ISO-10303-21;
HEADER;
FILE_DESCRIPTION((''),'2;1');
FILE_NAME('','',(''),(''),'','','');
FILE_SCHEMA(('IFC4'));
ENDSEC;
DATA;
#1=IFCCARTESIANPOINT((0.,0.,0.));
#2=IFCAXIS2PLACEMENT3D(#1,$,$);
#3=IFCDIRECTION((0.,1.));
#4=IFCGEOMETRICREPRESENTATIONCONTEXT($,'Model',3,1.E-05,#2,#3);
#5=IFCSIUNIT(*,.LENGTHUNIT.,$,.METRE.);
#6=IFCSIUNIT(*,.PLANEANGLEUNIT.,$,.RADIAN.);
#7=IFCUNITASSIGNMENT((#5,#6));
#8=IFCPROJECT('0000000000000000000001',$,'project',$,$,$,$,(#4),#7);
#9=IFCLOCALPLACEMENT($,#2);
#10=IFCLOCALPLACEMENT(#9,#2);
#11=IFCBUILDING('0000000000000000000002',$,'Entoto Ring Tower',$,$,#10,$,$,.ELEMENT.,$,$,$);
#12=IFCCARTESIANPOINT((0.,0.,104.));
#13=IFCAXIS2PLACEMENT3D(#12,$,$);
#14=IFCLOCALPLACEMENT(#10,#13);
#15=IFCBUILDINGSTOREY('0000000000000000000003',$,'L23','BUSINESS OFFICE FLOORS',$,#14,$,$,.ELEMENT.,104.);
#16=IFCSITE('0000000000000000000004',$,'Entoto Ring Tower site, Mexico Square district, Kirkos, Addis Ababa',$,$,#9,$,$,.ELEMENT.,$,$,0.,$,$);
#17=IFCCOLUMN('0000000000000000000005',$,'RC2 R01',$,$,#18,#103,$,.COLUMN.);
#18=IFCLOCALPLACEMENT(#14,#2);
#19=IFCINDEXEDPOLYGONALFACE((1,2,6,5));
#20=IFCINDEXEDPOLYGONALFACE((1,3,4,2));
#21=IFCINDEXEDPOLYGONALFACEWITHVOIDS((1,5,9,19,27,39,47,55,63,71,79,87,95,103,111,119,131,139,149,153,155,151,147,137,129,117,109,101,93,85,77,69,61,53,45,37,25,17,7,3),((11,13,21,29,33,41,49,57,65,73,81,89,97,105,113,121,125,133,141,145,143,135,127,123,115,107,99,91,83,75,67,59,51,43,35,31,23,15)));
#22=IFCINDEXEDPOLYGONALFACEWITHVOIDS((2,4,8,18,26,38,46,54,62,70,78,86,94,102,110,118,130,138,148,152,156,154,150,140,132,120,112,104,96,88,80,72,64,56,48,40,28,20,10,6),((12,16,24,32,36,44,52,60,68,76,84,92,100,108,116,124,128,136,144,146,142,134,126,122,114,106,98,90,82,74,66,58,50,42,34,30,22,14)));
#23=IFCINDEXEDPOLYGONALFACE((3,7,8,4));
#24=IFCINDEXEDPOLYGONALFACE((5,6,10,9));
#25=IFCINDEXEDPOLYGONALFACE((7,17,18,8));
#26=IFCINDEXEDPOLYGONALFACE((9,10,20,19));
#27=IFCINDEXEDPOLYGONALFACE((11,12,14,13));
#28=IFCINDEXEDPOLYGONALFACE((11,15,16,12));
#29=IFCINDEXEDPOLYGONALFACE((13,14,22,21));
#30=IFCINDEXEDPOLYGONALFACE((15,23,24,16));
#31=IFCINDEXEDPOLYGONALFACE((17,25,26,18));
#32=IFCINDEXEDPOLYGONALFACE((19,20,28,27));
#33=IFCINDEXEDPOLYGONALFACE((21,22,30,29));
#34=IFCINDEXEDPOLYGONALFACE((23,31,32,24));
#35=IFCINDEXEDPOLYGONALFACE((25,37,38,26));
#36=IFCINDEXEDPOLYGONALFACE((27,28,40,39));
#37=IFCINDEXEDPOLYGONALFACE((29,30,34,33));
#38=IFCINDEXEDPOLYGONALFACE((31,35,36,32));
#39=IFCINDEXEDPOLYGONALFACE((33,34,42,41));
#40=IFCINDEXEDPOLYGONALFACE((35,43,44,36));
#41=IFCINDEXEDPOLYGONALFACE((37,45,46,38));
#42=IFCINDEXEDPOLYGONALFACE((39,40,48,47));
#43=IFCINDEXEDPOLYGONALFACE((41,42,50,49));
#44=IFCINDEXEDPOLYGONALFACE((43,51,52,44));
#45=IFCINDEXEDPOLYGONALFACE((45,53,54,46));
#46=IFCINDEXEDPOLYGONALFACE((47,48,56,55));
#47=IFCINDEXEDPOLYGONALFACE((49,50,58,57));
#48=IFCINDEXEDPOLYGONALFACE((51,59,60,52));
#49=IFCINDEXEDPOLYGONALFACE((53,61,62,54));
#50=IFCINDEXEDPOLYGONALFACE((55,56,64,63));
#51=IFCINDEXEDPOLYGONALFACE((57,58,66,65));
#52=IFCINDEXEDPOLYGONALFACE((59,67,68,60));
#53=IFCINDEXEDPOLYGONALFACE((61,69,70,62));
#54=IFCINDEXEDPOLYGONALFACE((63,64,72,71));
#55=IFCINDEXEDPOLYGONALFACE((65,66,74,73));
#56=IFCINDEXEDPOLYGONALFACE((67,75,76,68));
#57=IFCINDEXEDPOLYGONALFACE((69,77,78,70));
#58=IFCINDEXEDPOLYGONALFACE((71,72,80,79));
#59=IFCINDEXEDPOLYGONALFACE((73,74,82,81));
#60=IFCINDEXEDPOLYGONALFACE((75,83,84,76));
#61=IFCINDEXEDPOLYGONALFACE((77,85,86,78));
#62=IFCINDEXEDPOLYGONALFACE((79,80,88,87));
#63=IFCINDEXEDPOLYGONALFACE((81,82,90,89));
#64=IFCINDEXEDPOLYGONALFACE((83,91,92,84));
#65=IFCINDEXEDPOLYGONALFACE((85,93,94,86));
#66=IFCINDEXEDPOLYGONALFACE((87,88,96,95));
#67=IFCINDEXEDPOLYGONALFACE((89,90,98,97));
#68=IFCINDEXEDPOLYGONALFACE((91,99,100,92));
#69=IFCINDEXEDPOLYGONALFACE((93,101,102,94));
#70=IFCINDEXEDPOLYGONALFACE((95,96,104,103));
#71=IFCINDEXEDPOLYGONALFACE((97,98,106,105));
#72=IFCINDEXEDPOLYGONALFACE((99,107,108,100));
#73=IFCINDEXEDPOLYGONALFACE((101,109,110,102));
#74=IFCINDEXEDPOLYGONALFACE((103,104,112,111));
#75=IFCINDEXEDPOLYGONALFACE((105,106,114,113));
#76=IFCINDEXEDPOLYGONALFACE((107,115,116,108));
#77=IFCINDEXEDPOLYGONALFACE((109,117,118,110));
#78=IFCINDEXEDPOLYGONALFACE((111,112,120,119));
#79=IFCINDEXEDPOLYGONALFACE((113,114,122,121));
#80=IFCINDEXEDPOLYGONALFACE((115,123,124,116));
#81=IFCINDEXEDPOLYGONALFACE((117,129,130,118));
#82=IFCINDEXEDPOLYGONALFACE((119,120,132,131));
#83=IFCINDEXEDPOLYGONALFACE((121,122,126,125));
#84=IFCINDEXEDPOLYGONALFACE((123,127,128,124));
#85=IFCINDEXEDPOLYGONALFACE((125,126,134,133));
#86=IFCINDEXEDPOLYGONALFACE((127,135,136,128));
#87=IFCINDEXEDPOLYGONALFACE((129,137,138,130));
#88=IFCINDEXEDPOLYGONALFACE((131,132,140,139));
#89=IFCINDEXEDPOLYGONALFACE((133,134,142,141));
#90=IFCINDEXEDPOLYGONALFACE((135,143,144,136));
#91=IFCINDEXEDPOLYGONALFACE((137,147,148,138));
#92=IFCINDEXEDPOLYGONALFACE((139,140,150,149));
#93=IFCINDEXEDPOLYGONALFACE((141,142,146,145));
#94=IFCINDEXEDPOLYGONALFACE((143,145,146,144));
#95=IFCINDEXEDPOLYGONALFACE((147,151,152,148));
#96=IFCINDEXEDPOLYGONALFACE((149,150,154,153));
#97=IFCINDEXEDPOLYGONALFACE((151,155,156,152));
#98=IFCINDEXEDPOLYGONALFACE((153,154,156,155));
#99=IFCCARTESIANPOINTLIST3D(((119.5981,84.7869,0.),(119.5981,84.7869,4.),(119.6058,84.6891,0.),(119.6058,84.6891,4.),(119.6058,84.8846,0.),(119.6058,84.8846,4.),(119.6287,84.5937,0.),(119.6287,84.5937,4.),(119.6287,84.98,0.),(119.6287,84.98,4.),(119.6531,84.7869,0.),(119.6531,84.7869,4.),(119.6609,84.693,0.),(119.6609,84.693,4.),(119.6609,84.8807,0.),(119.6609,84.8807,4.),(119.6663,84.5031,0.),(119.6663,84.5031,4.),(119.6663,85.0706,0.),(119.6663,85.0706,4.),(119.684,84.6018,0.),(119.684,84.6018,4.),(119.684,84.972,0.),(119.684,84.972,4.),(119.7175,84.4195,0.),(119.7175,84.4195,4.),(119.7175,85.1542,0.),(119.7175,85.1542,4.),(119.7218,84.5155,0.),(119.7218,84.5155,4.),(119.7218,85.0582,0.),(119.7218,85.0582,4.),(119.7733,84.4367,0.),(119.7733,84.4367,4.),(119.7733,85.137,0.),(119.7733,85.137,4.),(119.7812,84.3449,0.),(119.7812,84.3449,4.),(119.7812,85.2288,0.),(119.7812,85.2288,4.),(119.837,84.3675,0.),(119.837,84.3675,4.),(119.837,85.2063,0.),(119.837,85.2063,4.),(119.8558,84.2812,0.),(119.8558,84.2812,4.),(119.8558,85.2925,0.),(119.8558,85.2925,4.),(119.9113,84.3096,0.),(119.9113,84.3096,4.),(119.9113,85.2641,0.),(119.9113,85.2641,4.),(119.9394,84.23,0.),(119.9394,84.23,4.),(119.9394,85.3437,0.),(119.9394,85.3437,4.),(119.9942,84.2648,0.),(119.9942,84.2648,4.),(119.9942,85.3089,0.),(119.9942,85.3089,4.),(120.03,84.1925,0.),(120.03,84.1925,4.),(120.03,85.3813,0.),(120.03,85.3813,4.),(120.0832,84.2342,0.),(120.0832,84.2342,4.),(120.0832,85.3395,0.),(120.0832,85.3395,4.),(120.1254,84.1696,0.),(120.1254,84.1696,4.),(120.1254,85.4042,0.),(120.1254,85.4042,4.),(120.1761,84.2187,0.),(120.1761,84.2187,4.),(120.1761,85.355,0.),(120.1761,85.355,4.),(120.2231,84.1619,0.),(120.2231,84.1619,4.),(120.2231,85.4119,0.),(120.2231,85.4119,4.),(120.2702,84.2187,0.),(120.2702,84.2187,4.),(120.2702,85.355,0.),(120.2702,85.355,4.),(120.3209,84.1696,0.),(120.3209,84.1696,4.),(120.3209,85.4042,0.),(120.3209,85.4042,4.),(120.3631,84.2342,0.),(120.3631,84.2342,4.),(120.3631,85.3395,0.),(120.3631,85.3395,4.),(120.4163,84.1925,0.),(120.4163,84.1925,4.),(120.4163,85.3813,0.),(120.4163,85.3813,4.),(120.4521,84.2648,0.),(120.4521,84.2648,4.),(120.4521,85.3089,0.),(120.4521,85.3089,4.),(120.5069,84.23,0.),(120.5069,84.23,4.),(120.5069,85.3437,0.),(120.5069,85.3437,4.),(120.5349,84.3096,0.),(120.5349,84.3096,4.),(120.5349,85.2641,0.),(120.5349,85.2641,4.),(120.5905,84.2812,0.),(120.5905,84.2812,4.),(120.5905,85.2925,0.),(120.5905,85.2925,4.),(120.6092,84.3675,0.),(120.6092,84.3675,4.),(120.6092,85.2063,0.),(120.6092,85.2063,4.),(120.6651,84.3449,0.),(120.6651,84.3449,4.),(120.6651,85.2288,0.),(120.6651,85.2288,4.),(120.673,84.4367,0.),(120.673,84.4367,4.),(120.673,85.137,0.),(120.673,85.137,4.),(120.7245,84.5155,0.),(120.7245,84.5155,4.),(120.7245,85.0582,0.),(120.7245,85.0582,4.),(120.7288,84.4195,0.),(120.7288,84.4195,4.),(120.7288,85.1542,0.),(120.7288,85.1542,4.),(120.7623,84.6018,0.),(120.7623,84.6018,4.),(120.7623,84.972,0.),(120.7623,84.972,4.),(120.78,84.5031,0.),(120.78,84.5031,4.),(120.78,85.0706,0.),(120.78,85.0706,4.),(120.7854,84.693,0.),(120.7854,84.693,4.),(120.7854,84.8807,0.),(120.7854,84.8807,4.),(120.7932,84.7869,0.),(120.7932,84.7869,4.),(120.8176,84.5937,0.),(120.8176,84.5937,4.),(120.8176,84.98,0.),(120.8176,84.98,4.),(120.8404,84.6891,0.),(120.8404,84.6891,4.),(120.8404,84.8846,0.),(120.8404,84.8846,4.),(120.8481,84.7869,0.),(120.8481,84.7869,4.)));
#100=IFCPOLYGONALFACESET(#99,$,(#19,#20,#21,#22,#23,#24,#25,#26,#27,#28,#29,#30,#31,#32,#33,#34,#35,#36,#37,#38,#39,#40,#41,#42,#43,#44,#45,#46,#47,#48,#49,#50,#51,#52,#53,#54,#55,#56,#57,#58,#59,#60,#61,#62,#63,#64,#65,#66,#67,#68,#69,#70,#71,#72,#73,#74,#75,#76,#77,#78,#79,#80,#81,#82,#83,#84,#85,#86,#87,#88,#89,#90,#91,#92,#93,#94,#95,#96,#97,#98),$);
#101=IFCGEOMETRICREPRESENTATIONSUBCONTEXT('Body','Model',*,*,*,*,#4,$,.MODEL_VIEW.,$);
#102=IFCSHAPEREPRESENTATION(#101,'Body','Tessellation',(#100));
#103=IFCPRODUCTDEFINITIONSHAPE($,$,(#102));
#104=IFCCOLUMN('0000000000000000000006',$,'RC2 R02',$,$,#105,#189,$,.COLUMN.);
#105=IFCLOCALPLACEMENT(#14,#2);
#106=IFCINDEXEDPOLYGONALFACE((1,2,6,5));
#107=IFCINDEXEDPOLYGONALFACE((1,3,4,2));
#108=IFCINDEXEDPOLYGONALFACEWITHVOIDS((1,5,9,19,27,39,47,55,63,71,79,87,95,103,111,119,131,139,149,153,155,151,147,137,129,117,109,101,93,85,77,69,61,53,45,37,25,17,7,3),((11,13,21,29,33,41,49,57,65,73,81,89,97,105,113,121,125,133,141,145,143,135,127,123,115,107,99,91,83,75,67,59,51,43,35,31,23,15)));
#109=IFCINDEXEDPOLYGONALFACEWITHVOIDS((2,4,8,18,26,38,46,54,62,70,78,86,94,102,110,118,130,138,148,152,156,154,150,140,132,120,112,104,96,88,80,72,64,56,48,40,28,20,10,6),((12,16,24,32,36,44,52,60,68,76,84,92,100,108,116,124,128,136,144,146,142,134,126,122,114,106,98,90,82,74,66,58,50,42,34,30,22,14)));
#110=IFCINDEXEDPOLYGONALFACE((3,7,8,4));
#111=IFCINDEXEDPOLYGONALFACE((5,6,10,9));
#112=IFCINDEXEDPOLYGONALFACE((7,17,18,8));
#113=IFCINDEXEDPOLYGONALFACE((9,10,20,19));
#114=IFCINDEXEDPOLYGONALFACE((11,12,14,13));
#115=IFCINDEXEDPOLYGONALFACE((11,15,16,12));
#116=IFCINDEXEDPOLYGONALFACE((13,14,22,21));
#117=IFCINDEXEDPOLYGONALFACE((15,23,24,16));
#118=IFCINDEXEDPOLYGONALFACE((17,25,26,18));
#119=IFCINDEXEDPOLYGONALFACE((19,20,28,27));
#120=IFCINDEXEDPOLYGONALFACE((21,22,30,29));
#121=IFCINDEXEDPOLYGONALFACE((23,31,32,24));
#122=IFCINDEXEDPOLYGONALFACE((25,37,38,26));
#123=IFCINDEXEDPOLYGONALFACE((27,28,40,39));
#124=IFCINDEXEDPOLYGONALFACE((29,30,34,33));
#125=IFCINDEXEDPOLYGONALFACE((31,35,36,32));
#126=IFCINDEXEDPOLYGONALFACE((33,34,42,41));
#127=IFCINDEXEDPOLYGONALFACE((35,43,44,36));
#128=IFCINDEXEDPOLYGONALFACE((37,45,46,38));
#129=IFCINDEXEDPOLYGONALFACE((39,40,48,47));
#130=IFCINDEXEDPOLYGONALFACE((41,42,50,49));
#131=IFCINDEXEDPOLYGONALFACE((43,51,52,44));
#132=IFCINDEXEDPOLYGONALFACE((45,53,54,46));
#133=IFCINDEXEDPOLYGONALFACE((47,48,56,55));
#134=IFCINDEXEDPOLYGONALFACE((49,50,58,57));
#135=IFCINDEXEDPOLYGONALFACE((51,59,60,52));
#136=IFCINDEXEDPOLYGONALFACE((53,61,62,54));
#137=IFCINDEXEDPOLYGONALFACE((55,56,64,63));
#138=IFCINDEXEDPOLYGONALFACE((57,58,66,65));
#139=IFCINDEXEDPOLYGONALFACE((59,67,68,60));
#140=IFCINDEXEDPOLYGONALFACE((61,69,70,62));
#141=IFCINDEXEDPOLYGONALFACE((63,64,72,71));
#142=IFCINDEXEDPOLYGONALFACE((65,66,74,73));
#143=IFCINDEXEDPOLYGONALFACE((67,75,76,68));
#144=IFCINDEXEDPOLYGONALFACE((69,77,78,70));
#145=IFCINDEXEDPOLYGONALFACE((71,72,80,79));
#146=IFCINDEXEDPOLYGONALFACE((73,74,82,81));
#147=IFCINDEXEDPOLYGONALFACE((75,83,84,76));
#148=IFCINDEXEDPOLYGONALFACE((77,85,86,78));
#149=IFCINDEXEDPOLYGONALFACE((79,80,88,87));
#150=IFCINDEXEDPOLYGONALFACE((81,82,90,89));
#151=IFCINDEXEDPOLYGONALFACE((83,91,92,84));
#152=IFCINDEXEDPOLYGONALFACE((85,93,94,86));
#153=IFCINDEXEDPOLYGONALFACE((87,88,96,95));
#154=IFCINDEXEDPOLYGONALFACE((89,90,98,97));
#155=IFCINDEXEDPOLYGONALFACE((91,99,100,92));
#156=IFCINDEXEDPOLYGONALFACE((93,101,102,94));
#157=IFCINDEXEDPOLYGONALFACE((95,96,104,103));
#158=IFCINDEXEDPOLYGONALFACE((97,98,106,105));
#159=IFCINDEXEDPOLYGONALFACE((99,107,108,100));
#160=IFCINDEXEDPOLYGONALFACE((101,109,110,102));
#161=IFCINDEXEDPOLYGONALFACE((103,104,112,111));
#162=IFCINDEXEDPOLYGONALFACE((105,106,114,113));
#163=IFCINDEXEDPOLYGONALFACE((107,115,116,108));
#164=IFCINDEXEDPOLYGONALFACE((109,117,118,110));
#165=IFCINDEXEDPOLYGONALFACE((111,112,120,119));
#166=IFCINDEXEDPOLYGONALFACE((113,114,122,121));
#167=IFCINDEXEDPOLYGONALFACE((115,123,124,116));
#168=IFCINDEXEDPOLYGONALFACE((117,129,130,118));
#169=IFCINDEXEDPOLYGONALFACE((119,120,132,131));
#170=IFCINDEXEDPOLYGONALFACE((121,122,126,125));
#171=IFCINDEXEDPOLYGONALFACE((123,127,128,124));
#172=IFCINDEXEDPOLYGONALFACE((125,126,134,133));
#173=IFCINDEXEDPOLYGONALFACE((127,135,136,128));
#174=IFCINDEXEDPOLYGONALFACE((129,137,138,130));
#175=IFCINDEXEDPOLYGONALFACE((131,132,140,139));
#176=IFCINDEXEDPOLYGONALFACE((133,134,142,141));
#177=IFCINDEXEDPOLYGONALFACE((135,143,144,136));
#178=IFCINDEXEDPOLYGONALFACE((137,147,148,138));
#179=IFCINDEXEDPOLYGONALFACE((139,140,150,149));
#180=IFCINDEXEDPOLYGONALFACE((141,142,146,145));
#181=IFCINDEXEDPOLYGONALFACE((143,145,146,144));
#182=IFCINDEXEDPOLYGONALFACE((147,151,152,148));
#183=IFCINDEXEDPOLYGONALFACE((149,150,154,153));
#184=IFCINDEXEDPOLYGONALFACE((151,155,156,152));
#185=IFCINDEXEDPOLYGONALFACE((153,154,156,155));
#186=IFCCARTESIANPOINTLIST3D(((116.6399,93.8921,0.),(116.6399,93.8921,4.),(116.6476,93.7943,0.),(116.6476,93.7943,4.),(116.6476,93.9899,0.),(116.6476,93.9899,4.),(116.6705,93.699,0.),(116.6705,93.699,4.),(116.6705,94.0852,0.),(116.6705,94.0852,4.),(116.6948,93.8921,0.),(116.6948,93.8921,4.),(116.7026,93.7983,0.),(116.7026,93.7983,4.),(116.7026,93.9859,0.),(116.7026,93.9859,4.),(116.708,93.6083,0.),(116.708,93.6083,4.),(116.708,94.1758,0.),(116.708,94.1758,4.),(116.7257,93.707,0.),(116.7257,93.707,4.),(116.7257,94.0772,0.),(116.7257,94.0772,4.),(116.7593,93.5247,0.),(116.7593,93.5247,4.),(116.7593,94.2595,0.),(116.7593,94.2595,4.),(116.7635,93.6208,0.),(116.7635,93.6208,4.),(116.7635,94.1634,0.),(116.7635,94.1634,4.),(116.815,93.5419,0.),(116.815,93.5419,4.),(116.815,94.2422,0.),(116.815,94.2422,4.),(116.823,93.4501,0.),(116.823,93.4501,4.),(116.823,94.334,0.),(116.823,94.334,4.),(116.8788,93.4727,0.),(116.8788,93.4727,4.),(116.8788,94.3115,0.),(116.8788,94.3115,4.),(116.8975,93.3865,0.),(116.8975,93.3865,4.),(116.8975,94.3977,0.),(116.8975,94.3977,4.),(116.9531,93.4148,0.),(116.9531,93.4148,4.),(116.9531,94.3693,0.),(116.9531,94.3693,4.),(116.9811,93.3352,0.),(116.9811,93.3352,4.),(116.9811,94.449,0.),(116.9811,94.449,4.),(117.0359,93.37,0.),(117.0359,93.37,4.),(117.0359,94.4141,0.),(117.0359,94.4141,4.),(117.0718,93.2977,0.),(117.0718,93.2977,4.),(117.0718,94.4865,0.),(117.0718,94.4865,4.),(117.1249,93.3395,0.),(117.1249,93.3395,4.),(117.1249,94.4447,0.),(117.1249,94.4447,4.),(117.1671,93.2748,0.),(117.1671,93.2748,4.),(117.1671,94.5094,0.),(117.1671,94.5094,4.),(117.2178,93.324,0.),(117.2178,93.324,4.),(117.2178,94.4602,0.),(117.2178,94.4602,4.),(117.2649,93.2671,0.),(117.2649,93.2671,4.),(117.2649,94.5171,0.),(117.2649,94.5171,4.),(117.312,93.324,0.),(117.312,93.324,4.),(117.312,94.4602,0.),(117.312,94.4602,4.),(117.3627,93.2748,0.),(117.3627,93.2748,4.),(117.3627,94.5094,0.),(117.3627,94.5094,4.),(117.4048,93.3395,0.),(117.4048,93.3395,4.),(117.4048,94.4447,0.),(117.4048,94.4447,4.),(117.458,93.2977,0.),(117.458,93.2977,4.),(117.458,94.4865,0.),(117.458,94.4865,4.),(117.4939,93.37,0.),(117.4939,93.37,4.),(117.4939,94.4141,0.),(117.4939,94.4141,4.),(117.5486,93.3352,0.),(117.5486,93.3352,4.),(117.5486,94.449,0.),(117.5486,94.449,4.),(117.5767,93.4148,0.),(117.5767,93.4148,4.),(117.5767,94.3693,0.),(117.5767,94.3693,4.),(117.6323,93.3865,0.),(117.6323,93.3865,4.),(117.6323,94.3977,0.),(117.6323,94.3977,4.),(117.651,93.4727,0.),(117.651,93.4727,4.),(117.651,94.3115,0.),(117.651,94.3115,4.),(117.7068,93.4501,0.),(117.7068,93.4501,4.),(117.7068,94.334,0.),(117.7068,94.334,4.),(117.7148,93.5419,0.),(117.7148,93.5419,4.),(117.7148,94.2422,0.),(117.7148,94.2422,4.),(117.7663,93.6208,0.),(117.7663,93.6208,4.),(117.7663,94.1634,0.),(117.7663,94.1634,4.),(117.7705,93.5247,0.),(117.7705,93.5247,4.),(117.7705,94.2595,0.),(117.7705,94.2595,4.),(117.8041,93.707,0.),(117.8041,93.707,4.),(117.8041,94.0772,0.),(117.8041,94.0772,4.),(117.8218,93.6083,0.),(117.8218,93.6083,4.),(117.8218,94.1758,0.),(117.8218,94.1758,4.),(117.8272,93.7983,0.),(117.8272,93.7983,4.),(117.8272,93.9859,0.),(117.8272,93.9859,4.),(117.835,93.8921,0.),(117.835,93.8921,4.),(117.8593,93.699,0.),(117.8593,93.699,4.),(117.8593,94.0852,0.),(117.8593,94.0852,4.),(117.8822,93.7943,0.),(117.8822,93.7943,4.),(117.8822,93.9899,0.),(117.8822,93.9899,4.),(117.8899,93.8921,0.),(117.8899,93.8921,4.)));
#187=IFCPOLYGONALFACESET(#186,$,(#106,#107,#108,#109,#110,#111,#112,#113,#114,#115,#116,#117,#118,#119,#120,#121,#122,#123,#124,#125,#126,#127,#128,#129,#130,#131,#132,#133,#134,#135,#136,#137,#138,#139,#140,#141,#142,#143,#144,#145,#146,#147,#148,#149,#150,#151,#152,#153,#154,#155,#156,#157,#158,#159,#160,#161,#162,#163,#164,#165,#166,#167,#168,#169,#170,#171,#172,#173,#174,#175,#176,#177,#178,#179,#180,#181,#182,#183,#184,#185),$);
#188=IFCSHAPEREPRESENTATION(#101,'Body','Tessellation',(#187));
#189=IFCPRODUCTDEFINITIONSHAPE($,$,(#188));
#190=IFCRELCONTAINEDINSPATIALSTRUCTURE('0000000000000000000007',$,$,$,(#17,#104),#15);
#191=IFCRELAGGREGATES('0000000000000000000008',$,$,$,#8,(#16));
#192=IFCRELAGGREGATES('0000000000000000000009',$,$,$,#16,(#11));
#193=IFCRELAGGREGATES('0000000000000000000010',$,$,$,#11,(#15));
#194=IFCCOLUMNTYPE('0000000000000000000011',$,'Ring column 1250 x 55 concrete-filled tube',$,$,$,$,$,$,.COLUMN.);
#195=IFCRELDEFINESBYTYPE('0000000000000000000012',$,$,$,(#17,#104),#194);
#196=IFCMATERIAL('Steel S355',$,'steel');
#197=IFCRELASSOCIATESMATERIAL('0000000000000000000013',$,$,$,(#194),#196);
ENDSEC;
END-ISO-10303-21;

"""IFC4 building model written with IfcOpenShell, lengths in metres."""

from ifc_helpers import new_model, si_unit, direction, frame, origin, origin_2d, place, context, subcontext, project, spatial, circle, hollow_circle, extrude, material, material_profile, profile_set, type_object, element, save


model = new_model("IFC4")

# Units and contexts
model_context = context("Model", 3, precision=1e-05, world=origin(), true_north=direction((0.0, 1.0)))
body_context = subcontext(model_context, "Body", "Model", "MODEL_VIEW")
ifc_project = project(units=[si_unit("LENGTHUNIT", "METRE"), si_unit("PLANEANGLEUNIT", "RADIAN")], contexts=[model_context])

# Site, building, storey
site_placement = place(None, origin())
site = spatial("IfcSite", under=ifc_project, at=site_placement, Name="Entoto Ring Tower site, Mexico Square district, Kirkos, Addis Ababa", CompositionType="ELEMENT", RefElevation=0.0)
building_placement = place(site_placement, origin())
building = spatial("IfcBuilding", under=site, at=building_placement, Name="Entoto Ring Tower", CompositionType="ELEMENT")
storey_placement = place(building_placement, frame((0.0, 0.0, 104.0)))
storey = spatial("IfcBuildingStorey", under=building, at=storey_placement, Name="L23", Description="BUSINESS OFFICE FLOORS", CompositionType="ELEMENT", Elevation=104.0)

# Columns
ifc_material_1 = material(Name="Steel S355", Category="steel")
ifc_material_profile_1 = material_profile(ifc_material_1, hollow_circle(Radius=0.625, WallThickness=0.0549, at=origin_2d()), Name="CHS 1250 x 55")
ifc_material_2 = material(Name="Concrete C60/75", Category="concrete")
ifc_material_profile_2 = material_profile(ifc_material_2, circle(Radius=0.5701, at=origin_2d()), Name="Concrete C60/75 infill")
ifc_profile_set_1 = profile_set([ifc_material_profile_1, ifc_material_profile_2], Name="Steel S355")
column_type = type_object("IfcColumnType", Name="Ring column 1250 x 55 concrete-filled tube", PredefinedType="COLUMN", material=ifc_profile_set_1)
for number, where, z_axis, x_axis, name in (
    (1, (120.2231, 84.7869, 0.0), (0.0, 0.0, 1.0), (1.0, 0.0, 0.0), "RC2 R01"),
    (2, (117.2649, 93.8921, 0.0), (0.0, 0.0, 1.0), (1.0, 0.0, 0.0), "RC2 R02"),
):
    element("IfcColumn", number, at=place(storey_placement, frame(where, z_axis=z_axis, x_axis=x_axis)), inside=storey, type_object=column_type, Name=name, PredefinedType="COLUMN", context=body_context, shape_type="SweptSolid", body=[
        extrude(hollow_circle(Radius=0.625, WallThickness=0.0549, at=origin_2d()), origin(), (0.0, 0.0, 1.0), 4.0),
    ])

save(model, "model.ifc")
